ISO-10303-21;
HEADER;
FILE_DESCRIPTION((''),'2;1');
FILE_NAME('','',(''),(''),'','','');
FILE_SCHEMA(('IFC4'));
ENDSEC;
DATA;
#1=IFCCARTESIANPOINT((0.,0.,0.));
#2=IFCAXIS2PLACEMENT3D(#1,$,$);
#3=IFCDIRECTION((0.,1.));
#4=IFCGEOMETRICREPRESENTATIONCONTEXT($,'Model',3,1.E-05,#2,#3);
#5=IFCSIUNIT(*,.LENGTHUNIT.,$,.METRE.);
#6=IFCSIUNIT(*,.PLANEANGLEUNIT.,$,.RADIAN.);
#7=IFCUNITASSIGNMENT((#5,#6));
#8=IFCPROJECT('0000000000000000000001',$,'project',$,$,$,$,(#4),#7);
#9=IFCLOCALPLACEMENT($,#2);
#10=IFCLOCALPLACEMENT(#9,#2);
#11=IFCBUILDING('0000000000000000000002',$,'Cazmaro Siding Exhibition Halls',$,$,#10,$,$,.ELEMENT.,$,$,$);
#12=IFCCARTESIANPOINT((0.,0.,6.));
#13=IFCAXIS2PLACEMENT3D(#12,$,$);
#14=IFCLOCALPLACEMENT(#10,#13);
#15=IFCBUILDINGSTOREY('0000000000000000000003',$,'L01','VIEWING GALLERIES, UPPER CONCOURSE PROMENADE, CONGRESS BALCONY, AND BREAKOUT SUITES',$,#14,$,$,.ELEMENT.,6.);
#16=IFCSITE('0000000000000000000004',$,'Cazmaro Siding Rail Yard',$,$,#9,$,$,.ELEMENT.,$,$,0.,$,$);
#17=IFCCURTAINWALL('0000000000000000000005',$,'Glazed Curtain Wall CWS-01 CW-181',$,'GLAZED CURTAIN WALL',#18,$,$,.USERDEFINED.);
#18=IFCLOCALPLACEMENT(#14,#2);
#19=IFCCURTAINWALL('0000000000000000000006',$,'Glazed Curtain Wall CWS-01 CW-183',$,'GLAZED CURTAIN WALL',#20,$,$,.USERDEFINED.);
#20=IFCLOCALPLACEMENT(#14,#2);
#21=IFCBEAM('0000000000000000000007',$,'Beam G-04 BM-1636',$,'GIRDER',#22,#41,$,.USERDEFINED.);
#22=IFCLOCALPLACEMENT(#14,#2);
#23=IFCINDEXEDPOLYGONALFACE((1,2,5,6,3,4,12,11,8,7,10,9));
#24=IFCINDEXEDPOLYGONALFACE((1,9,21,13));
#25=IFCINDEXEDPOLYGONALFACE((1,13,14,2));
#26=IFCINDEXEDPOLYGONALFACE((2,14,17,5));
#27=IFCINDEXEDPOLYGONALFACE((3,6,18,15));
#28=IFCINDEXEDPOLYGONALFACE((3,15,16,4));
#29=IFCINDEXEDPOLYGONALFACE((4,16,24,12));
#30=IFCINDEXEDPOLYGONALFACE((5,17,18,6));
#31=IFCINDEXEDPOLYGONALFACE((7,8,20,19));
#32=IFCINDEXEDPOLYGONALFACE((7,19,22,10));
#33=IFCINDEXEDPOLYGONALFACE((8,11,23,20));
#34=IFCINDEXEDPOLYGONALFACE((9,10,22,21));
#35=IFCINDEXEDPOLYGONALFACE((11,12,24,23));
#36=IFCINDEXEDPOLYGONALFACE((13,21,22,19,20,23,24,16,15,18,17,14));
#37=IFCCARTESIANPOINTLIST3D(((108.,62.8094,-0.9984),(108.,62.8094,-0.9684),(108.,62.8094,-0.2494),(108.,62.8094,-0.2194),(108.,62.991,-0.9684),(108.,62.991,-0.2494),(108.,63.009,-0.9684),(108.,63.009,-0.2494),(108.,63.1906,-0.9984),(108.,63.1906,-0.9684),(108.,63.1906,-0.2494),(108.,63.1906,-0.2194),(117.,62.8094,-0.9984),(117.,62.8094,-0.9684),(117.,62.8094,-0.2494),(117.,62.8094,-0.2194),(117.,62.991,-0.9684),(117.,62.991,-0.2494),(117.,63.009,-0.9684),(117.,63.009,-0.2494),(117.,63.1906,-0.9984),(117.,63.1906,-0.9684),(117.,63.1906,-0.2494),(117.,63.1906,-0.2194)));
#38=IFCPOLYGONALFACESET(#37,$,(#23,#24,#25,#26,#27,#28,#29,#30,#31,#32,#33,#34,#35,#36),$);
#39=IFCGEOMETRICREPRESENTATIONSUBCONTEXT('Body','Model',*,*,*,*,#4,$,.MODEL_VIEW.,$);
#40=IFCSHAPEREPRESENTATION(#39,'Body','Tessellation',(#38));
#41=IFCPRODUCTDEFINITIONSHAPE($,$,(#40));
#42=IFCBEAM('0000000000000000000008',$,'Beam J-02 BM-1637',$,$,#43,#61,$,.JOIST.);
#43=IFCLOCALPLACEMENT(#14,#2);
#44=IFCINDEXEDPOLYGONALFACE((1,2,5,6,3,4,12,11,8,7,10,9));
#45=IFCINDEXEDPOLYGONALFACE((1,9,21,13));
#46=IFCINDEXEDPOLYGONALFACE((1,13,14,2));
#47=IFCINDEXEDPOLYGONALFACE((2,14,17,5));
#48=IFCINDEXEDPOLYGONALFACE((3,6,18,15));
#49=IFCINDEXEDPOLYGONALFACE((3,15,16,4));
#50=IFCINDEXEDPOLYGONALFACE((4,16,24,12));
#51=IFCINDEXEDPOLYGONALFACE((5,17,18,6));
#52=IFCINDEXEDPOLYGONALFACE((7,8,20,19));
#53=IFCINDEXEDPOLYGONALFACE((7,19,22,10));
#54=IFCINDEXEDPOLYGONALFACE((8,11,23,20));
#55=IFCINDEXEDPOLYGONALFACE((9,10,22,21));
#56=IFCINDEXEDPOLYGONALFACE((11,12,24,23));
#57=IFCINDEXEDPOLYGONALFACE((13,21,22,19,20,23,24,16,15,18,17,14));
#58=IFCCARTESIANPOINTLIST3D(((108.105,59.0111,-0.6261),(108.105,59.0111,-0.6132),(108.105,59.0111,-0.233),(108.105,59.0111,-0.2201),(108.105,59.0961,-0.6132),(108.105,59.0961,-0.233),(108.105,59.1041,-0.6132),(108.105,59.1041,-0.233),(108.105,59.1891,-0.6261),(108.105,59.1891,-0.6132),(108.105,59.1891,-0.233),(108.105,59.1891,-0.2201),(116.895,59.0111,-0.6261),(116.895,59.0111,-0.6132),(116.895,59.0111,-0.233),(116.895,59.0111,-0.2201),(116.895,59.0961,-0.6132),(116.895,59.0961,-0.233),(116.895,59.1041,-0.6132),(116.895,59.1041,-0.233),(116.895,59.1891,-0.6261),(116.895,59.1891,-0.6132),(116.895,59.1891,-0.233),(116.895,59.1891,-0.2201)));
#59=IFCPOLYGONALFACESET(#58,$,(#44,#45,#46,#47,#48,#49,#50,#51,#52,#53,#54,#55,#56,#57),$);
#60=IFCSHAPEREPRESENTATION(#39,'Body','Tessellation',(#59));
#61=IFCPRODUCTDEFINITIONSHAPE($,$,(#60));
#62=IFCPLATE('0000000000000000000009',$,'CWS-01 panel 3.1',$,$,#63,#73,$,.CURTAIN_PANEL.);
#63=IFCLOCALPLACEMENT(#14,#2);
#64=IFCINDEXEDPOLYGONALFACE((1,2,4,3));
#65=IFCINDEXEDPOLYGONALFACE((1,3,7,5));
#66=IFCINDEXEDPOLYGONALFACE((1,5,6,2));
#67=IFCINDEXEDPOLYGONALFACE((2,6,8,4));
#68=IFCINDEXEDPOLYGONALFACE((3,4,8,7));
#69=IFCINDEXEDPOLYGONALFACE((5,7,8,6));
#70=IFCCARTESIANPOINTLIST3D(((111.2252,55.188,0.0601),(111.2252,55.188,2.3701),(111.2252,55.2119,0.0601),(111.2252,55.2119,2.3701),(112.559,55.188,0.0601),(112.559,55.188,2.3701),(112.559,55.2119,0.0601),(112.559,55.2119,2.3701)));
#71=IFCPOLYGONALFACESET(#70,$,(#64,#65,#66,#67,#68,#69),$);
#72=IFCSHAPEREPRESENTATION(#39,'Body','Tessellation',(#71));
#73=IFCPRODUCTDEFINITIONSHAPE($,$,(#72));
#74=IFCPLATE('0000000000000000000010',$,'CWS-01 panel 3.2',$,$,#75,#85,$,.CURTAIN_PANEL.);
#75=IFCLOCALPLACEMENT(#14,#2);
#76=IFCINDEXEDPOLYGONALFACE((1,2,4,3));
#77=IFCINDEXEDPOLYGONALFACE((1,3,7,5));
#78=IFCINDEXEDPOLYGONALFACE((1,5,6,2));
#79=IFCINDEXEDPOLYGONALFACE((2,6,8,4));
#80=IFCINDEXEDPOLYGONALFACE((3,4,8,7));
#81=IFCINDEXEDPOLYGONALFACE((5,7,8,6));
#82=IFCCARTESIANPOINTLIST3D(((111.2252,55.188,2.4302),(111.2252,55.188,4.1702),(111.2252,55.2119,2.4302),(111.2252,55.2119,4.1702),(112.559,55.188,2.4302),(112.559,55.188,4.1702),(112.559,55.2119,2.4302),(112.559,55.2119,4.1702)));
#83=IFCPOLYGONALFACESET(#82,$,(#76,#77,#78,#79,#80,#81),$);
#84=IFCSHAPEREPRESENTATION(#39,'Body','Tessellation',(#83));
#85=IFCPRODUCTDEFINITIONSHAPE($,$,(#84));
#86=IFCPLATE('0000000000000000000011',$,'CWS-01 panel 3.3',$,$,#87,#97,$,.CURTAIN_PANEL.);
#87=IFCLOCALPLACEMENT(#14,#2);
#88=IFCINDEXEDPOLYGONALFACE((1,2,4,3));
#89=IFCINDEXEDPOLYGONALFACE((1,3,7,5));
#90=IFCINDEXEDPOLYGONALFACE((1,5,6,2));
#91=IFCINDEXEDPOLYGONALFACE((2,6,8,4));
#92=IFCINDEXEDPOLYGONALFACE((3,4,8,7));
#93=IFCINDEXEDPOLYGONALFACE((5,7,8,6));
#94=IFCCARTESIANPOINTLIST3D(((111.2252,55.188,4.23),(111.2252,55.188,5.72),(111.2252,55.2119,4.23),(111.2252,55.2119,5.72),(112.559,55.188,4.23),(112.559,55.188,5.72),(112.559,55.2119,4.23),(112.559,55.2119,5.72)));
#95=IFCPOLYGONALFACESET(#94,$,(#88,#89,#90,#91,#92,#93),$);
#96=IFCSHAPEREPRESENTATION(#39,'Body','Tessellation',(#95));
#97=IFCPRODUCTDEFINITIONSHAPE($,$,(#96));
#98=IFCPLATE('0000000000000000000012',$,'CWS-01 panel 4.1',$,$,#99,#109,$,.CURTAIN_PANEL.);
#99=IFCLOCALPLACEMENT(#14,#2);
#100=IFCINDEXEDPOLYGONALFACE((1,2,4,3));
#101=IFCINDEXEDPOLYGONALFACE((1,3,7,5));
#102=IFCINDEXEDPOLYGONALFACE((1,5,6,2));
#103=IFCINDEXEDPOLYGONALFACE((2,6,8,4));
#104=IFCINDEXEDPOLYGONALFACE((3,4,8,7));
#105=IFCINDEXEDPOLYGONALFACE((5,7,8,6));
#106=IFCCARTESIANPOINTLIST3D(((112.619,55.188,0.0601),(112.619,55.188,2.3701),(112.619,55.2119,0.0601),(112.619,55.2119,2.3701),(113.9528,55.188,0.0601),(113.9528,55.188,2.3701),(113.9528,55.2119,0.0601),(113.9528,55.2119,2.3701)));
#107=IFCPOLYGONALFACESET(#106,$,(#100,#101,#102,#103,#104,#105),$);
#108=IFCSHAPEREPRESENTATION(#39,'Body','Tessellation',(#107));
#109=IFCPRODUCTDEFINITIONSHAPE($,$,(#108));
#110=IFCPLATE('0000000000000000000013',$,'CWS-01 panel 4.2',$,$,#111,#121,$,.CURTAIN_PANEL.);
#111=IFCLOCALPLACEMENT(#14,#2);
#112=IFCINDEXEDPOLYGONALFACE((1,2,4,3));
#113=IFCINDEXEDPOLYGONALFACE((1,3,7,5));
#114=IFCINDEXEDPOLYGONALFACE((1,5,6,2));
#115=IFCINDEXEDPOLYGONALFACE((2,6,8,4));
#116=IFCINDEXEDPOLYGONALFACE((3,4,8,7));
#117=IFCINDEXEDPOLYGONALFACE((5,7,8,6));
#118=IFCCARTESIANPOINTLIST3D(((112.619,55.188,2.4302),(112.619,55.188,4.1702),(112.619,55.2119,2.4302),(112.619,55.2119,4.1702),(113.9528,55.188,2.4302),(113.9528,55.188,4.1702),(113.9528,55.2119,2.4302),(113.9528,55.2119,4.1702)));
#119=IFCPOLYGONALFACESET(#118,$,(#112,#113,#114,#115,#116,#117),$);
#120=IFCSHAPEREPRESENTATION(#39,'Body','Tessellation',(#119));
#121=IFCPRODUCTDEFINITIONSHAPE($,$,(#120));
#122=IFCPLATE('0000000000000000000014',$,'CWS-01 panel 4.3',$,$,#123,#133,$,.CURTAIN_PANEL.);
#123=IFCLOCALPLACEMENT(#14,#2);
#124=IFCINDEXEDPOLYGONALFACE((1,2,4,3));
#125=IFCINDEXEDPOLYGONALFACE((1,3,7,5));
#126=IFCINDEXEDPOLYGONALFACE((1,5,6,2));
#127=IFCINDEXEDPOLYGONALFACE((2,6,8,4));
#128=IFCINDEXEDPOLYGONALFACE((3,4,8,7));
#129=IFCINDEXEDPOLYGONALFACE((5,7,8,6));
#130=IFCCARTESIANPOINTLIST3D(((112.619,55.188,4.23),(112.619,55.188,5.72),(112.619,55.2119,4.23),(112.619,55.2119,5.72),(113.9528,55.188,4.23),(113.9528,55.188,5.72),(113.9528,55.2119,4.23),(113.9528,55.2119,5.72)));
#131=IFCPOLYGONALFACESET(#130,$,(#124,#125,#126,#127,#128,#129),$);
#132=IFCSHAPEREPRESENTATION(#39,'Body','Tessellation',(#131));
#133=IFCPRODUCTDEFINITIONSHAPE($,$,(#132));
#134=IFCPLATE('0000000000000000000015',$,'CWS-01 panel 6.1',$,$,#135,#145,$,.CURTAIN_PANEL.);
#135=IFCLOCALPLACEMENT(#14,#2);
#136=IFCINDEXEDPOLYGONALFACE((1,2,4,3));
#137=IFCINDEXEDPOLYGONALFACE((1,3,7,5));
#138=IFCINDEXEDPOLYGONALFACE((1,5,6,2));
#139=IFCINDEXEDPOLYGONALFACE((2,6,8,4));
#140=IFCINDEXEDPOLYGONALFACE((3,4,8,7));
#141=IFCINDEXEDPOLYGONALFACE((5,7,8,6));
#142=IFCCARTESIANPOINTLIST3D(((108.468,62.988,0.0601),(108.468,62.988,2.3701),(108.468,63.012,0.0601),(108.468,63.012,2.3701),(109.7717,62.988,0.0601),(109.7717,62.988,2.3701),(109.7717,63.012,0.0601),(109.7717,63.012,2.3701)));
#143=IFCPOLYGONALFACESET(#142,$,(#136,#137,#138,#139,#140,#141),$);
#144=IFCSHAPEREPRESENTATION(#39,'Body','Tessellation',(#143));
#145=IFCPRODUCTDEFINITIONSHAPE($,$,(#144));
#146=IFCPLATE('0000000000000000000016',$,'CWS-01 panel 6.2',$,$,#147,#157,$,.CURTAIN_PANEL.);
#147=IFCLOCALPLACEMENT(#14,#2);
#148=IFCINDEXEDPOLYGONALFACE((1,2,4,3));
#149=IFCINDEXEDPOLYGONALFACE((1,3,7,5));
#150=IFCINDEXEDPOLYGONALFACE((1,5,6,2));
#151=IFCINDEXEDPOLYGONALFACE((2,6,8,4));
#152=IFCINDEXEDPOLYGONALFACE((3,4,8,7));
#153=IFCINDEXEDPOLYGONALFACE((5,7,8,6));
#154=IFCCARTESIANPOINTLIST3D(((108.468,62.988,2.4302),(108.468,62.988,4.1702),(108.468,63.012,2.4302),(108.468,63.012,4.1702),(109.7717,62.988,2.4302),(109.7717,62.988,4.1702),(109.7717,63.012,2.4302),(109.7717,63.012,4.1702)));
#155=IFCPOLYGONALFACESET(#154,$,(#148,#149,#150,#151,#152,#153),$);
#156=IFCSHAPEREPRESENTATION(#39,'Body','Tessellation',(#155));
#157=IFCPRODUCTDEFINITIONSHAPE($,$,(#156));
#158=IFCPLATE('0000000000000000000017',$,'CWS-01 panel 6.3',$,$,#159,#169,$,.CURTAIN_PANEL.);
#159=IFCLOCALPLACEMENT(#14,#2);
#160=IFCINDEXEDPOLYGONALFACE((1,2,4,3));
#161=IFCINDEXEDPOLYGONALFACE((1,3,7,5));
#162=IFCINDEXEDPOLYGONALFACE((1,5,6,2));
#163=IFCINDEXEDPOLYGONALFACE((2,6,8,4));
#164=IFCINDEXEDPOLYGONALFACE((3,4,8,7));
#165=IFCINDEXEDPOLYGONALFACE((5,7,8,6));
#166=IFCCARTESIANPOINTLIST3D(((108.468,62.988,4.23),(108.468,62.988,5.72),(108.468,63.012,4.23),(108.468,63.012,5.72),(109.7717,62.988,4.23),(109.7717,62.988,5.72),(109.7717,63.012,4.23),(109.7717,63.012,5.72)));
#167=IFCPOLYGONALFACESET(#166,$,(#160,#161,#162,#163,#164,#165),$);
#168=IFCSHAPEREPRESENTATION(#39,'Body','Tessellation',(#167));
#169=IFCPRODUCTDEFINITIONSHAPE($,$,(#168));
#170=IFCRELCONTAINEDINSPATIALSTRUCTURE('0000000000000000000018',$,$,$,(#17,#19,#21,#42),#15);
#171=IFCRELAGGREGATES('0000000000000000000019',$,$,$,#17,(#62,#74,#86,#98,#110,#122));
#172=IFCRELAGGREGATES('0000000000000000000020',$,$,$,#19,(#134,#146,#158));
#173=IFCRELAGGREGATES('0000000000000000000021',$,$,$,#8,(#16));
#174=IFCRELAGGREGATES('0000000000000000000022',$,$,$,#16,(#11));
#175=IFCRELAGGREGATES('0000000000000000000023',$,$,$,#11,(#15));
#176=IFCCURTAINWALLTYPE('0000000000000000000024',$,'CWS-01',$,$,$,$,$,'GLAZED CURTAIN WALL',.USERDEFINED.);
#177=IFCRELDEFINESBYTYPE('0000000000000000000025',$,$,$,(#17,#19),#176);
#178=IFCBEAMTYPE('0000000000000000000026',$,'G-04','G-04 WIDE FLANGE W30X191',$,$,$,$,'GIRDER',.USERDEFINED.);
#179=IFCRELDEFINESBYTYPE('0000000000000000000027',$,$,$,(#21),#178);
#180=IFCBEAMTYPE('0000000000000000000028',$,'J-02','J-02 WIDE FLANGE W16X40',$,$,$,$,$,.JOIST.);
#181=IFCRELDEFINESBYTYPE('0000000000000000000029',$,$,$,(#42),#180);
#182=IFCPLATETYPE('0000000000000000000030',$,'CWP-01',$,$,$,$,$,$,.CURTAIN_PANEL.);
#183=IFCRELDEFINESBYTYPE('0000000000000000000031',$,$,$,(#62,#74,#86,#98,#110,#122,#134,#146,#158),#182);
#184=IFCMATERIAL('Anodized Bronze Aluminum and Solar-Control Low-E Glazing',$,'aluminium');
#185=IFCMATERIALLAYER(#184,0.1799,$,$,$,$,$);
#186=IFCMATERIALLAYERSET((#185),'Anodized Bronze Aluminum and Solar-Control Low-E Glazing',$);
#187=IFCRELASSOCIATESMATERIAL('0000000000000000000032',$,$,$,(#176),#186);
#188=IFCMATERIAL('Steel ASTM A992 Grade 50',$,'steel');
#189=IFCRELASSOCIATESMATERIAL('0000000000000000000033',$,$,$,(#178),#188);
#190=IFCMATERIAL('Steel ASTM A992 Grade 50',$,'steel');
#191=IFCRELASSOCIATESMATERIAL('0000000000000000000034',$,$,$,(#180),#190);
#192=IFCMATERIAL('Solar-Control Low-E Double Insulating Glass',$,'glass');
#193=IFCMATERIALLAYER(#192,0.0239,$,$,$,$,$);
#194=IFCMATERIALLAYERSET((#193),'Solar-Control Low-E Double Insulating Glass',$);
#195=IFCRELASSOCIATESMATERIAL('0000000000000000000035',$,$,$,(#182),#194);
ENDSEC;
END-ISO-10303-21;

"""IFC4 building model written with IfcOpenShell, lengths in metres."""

from ifc_helpers import new_model, si_unit, direction, frame, origin, origin_2d, place, context, subcontext, project, spatial, rectangle, i_section, extrude, material, layer, layer_set, material_profile, profile_set, type_object, element, aggregate, save


model = new_model("IFC4")

# Units and contexts
model_context = context("Model", 3, precision=1e-05, world=origin(), true_north=direction((0.0, 1.0)))
body_context = subcontext(model_context, "Body", "Model", "MODEL_VIEW")
ifc_project = project(units=[si_unit("LENGTHUNIT", "METRE"), si_unit("PLANEANGLEUNIT", "RADIAN")], contexts=[model_context])

# Site, building, storey
site_placement = place(None, origin())
site = spatial("IfcSite", under=ifc_project, at=site_placement, Name="Cazmaro Siding Rail Yard", CompositionType="ELEMENT", RefElevation=0.0)
building_placement = place(site_placement, origin())
building = spatial("IfcBuilding", under=site, at=building_placement, Name="Cazmaro Siding Exhibition Halls", CompositionType="ELEMENT")
storey_placement = place(building_placement, frame((0.0, 0.0, 6.0)))
storey = spatial("IfcBuildingStorey", under=building, at=storey_placement, Name="L01", Description="VIEWING GALLERIES, UPPER CONCOURSE PROMENADE, CONGRESS BALCONY, AND BREAKOUT SUITES", CompositionType="ELEMENT", Elevation=6.0)

# Curtain walls
ifc_material_1 = material(Name="Anodized Bronze Aluminum and Solar-Control Low-E Glazing", Category="aluminium")
ifc_layer_1 = layer(ifc_material_1, 0.1799)
ifc_layer_set_1 = layer_set([ifc_layer_1], Name="Anodized Bronze Aluminum and Solar-Control Low-E Glazing")
curtain_wall_type = type_object("IfcCurtainWallType", Name="CWS-01", ElementType="GLAZED CURTAIN WALL", PredefinedType="USERDEFINED", material=ifc_layer_set_1)
curtain_wall_1_placement = place(storey_placement, origin())
curtain_wall_1 = element("IfcCurtainWall", 1, at=curtain_wall_1_placement, inside=storey, type_object=curtain_wall_type, Name="Glazed Curtain Wall CWS-01 CW-181", ObjectType="GLAZED CURTAIN WALL", PredefinedType="USERDEFINED")
curtain_wall_2_placement = place(storey_placement, origin())
curtain_wall_2 = element("IfcCurtainWall", 2, at=curtain_wall_2_placement, inside=storey, type_object=curtain_wall_type, Name="Glazed Curtain Wall CWS-01 CW-183", ObjectType="GLAZED CURTAIN WALL", PredefinedType="USERDEFINED")

# Beams
ifc_material_2 = material(Name="Steel ASTM A992 Grade 50", Category="steel")
ifc_material_profile_1 = material_profile(ifc_material_2, i_section(OverallWidth=0.3811, OverallDepth=0.7791, WebThickness=0.0181, FlangeThickness=0.03, at=origin_2d()), Name="W30X191")
ifc_profile_set_1 = profile_set([ifc_material_profile_1], Name="Steel ASTM A992 Grade 50")
beam_type_1 = type_object("IfcBeamType", Name="G-04", Description="G-04 WIDE FLANGE W30X191", ElementType="GIRDER", PredefinedType="USERDEFINED", material=ifc_profile_set_1)
beam_1_placement = place(storey_placement, frame((108.0, 63.0, -0.6089), z_axis=(1.0, 0.0, 0.0), x_axis=(0.0, 1.0, 0.0)))
element("IfcBeam", 3, at=beam_1_placement, inside=storey, type_object=beam_type_1, Name="Beam G-04 BM-1636", ObjectType="GIRDER", PredefinedType="USERDEFINED", context=body_context, shape_type="SweptSolid", body=[
    extrude(i_section(OverallWidth=0.3811, OverallDepth=0.7791, WebThickness=0.0181, FlangeThickness=0.03, at=origin_2d()), origin(), (0.0, 0.0, 1.0), 9.0),
])
ifc_material_3 = material(Name="Steel ASTM A992 Grade 50", Category="steel")
ifc_material_profile_2 = material_profile(ifc_material_3, i_section(OverallWidth=0.178, OverallDepth=0.406, WebThickness=0.0081, FlangeThickness=0.0129, at=origin_2d()), Name="W16X40")
ifc_profile_set_2 = profile_set([ifc_material_profile_2], Name="Steel ASTM A992 Grade 50")
beam_type_2 = type_object("IfcBeamType", Name="J-02", Description="J-02 WIDE FLANGE W16X40", PredefinedType="JOIST", material=ifc_profile_set_2)
beam_2_placement = place(storey_placement, frame((108.105, 59.1001, -0.4231), z_axis=(1.0, 0.0, 0.0), x_axis=(0.0, 1.0, 0.0)))
element("IfcBeam", 4, at=beam_2_placement, inside=storey, type_object=beam_type_2, Name="Beam J-02 BM-1637", PredefinedType="JOIST", context=body_context, shape_type="SweptSolid", body=[
    extrude(i_section(OverallWidth=0.178, OverallDepth=0.406, WebThickness=0.0081, FlangeThickness=0.0129, at=origin_2d()), origin(), (0.0, 0.0, 1.0), 8.79),
])

# Plates
ifc_material_4 = material(Name="Solar-Control Low-E Double Insulating Glass", Category="glass")
ifc_layer_2 = layer(ifc_material_4, 0.0239)
ifc_layer_set_2 = layer_set([ifc_layer_2], Name="Solar-Control Low-E Double Insulating Glass")
plate_type = type_object("IfcPlateType", Name="CWP-01", PredefinedType="CURTAIN_PANEL", material=ifc_layer_set_2)
plate_1_placement = place(storey_placement, frame((111.8921, 55.2, 0.0601), z_axis=(0.0, 0.0, 1.0), x_axis=(1.0, 0.0, 0.0)))
plate_1 = element("IfcPlate", 5, at=plate_1_placement, type_object=plate_type, Name="CWS-01 panel 3.1", PredefinedType="CURTAIN_PANEL", context=body_context, shape_type="SweptSolid", body=[
    extrude(rectangle(XDim=1.3337, YDim=0.0239, at=origin_2d()), origin(), (0.0, 0.0, 1.0), 2.3101),
])
plate_2_placement = place(storey_placement, frame((111.8921, 55.2, 2.4302), z_axis=(0.0, 0.0, 1.0), x_axis=(1.0, 0.0, 0.0)))
plate_2 = element("IfcPlate", 6, at=plate_2_placement, type_object=plate_type, Name="CWS-01 panel 3.2", PredefinedType="CURTAIN_PANEL", context=body_context, shape_type="SweptSolid", body=[
    extrude(rectangle(XDim=1.3337, YDim=0.0239, at=origin_2d()), origin(), (0.0, 0.0, 1.0), 1.74),
])
plate_3_placement = place(storey_placement, frame((111.8921, 55.2, 4.23), z_axis=(0.0, 0.0, 1.0), x_axis=(1.0, 0.0, 0.0)))
plate_3 = element("IfcPlate", 7, at=plate_3_placement, type_object=plate_type, Name="CWS-01 panel 3.3", PredefinedType="CURTAIN_PANEL", context=body_context, shape_type="SweptSolid", body=[
    extrude(rectangle(XDim=1.3337, YDim=0.0239, at=origin_2d()), origin(), (0.0, 0.0, 1.0), 1.49),
])
plate_4_placement = place(storey_placement, frame((113.2859, 55.2, 0.0601), z_axis=(0.0, 0.0, 1.0), x_axis=(1.0, 0.0, 0.0)))
plate_4 = element("IfcPlate", 8, at=plate_4_placement, type_object=plate_type, Name="CWS-01 panel 4.1", PredefinedType="CURTAIN_PANEL", context=body_context, shape_type="SweptSolid", body=[
    extrude(rectangle(XDim=1.3337, YDim=0.0239, at=origin_2d()), origin(), (0.0, 0.0, 1.0), 2.3101),
])
plate_5_placement = place(storey_placement, frame((113.2859, 55.2, 2.4302), z_axis=(0.0, 0.0, 1.0), x_axis=(1.0, 0.0, 0.0)))
plate_5 = element("IfcPlate", 9, at=plate_5_placement, type_object=plate_type, Name="CWS-01 panel 4.2", PredefinedType="CURTAIN_PANEL", context=body_context, shape_type="SweptSolid", body=[
    extrude(rectangle(XDim=1.3337, YDim=0.0239, at=origin_2d()), origin(), (0.0, 0.0, 1.0), 1.74),
])
plate_6_placement = place(storey_placement, frame((113.2859, 55.2, 4.23), z_axis=(0.0, 0.0, 1.0), x_axis=(1.0, 0.0, 0.0)))
plate_6 = element("IfcPlate", 10, at=plate_6_placement, type_object=plate_type, Name="CWS-01 panel 4.3", PredefinedType="CURTAIN_PANEL", context=body_context, shape_type="SweptSolid", body=[
    extrude(rectangle(XDim=1.3337, YDim=0.0239, at=origin_2d()), origin(), (0.0, 0.0, 1.0), 1.49),
])
aggregate(curtain_wall_1, [plate_1, plate_2, plate_3, plate_4, plate_5, plate_6])
plate_7_placement = place(storey_placement, frame((109.1199, 63.0, 0.0601), z_axis=(0.0, 0.0, 1.0), x_axis=(-1.0, 0.0, 0.0)))
plate_7 = element("IfcPlate", 11, at=plate_7_placement, type_object=plate_type, Name="CWS-01 panel 6.1", PredefinedType="CURTAIN_PANEL", context=body_context, shape_type="SweptSolid", body=[
    extrude(rectangle(XDim=1.3037, YDim=0.0239, at=origin_2d()), origin(), (0.0, 0.0, 1.0), 2.3101),
])
plate_8_placement = place(storey_placement, frame((109.1199, 63.0, 2.4302), z_axis=(0.0, 0.0, 1.0), x_axis=(-1.0, 0.0, 0.0)))
plate_8 = element("IfcPlate", 12, at=plate_8_placement, type_object=plate_type, Name="CWS-01 panel 6.2", PredefinedType="CURTAIN_PANEL", context=body_context, shape_type="SweptSolid", body=[
    extrude(rectangle(XDim=1.3037, YDim=0.0239, at=origin_2d()), origin(), (0.0, 0.0, 1.0), 1.74),
])
plate_9_placement = place(storey_placement, frame((109.1199, 63.0, 4.23), z_axis=(0.0, 0.0, 1.0), x_axis=(-1.0, 0.0, 0.0)))
plate_9 = element("IfcPlate", 13, at=plate_9_placement, type_object=plate_type, Name="CWS-01 panel 6.3", PredefinedType="CURTAIN_PANEL", context=body_context, shape_type="SweptSolid", body=[
    extrude(rectangle(XDim=1.3037, YDim=0.0239, at=origin_2d()), origin(), (0.0, 0.0, 1.0), 1.49),
])
aggregate(curtain_wall_2, [plate_7, plate_8, plate_9])

save(model, "model.ifc")
